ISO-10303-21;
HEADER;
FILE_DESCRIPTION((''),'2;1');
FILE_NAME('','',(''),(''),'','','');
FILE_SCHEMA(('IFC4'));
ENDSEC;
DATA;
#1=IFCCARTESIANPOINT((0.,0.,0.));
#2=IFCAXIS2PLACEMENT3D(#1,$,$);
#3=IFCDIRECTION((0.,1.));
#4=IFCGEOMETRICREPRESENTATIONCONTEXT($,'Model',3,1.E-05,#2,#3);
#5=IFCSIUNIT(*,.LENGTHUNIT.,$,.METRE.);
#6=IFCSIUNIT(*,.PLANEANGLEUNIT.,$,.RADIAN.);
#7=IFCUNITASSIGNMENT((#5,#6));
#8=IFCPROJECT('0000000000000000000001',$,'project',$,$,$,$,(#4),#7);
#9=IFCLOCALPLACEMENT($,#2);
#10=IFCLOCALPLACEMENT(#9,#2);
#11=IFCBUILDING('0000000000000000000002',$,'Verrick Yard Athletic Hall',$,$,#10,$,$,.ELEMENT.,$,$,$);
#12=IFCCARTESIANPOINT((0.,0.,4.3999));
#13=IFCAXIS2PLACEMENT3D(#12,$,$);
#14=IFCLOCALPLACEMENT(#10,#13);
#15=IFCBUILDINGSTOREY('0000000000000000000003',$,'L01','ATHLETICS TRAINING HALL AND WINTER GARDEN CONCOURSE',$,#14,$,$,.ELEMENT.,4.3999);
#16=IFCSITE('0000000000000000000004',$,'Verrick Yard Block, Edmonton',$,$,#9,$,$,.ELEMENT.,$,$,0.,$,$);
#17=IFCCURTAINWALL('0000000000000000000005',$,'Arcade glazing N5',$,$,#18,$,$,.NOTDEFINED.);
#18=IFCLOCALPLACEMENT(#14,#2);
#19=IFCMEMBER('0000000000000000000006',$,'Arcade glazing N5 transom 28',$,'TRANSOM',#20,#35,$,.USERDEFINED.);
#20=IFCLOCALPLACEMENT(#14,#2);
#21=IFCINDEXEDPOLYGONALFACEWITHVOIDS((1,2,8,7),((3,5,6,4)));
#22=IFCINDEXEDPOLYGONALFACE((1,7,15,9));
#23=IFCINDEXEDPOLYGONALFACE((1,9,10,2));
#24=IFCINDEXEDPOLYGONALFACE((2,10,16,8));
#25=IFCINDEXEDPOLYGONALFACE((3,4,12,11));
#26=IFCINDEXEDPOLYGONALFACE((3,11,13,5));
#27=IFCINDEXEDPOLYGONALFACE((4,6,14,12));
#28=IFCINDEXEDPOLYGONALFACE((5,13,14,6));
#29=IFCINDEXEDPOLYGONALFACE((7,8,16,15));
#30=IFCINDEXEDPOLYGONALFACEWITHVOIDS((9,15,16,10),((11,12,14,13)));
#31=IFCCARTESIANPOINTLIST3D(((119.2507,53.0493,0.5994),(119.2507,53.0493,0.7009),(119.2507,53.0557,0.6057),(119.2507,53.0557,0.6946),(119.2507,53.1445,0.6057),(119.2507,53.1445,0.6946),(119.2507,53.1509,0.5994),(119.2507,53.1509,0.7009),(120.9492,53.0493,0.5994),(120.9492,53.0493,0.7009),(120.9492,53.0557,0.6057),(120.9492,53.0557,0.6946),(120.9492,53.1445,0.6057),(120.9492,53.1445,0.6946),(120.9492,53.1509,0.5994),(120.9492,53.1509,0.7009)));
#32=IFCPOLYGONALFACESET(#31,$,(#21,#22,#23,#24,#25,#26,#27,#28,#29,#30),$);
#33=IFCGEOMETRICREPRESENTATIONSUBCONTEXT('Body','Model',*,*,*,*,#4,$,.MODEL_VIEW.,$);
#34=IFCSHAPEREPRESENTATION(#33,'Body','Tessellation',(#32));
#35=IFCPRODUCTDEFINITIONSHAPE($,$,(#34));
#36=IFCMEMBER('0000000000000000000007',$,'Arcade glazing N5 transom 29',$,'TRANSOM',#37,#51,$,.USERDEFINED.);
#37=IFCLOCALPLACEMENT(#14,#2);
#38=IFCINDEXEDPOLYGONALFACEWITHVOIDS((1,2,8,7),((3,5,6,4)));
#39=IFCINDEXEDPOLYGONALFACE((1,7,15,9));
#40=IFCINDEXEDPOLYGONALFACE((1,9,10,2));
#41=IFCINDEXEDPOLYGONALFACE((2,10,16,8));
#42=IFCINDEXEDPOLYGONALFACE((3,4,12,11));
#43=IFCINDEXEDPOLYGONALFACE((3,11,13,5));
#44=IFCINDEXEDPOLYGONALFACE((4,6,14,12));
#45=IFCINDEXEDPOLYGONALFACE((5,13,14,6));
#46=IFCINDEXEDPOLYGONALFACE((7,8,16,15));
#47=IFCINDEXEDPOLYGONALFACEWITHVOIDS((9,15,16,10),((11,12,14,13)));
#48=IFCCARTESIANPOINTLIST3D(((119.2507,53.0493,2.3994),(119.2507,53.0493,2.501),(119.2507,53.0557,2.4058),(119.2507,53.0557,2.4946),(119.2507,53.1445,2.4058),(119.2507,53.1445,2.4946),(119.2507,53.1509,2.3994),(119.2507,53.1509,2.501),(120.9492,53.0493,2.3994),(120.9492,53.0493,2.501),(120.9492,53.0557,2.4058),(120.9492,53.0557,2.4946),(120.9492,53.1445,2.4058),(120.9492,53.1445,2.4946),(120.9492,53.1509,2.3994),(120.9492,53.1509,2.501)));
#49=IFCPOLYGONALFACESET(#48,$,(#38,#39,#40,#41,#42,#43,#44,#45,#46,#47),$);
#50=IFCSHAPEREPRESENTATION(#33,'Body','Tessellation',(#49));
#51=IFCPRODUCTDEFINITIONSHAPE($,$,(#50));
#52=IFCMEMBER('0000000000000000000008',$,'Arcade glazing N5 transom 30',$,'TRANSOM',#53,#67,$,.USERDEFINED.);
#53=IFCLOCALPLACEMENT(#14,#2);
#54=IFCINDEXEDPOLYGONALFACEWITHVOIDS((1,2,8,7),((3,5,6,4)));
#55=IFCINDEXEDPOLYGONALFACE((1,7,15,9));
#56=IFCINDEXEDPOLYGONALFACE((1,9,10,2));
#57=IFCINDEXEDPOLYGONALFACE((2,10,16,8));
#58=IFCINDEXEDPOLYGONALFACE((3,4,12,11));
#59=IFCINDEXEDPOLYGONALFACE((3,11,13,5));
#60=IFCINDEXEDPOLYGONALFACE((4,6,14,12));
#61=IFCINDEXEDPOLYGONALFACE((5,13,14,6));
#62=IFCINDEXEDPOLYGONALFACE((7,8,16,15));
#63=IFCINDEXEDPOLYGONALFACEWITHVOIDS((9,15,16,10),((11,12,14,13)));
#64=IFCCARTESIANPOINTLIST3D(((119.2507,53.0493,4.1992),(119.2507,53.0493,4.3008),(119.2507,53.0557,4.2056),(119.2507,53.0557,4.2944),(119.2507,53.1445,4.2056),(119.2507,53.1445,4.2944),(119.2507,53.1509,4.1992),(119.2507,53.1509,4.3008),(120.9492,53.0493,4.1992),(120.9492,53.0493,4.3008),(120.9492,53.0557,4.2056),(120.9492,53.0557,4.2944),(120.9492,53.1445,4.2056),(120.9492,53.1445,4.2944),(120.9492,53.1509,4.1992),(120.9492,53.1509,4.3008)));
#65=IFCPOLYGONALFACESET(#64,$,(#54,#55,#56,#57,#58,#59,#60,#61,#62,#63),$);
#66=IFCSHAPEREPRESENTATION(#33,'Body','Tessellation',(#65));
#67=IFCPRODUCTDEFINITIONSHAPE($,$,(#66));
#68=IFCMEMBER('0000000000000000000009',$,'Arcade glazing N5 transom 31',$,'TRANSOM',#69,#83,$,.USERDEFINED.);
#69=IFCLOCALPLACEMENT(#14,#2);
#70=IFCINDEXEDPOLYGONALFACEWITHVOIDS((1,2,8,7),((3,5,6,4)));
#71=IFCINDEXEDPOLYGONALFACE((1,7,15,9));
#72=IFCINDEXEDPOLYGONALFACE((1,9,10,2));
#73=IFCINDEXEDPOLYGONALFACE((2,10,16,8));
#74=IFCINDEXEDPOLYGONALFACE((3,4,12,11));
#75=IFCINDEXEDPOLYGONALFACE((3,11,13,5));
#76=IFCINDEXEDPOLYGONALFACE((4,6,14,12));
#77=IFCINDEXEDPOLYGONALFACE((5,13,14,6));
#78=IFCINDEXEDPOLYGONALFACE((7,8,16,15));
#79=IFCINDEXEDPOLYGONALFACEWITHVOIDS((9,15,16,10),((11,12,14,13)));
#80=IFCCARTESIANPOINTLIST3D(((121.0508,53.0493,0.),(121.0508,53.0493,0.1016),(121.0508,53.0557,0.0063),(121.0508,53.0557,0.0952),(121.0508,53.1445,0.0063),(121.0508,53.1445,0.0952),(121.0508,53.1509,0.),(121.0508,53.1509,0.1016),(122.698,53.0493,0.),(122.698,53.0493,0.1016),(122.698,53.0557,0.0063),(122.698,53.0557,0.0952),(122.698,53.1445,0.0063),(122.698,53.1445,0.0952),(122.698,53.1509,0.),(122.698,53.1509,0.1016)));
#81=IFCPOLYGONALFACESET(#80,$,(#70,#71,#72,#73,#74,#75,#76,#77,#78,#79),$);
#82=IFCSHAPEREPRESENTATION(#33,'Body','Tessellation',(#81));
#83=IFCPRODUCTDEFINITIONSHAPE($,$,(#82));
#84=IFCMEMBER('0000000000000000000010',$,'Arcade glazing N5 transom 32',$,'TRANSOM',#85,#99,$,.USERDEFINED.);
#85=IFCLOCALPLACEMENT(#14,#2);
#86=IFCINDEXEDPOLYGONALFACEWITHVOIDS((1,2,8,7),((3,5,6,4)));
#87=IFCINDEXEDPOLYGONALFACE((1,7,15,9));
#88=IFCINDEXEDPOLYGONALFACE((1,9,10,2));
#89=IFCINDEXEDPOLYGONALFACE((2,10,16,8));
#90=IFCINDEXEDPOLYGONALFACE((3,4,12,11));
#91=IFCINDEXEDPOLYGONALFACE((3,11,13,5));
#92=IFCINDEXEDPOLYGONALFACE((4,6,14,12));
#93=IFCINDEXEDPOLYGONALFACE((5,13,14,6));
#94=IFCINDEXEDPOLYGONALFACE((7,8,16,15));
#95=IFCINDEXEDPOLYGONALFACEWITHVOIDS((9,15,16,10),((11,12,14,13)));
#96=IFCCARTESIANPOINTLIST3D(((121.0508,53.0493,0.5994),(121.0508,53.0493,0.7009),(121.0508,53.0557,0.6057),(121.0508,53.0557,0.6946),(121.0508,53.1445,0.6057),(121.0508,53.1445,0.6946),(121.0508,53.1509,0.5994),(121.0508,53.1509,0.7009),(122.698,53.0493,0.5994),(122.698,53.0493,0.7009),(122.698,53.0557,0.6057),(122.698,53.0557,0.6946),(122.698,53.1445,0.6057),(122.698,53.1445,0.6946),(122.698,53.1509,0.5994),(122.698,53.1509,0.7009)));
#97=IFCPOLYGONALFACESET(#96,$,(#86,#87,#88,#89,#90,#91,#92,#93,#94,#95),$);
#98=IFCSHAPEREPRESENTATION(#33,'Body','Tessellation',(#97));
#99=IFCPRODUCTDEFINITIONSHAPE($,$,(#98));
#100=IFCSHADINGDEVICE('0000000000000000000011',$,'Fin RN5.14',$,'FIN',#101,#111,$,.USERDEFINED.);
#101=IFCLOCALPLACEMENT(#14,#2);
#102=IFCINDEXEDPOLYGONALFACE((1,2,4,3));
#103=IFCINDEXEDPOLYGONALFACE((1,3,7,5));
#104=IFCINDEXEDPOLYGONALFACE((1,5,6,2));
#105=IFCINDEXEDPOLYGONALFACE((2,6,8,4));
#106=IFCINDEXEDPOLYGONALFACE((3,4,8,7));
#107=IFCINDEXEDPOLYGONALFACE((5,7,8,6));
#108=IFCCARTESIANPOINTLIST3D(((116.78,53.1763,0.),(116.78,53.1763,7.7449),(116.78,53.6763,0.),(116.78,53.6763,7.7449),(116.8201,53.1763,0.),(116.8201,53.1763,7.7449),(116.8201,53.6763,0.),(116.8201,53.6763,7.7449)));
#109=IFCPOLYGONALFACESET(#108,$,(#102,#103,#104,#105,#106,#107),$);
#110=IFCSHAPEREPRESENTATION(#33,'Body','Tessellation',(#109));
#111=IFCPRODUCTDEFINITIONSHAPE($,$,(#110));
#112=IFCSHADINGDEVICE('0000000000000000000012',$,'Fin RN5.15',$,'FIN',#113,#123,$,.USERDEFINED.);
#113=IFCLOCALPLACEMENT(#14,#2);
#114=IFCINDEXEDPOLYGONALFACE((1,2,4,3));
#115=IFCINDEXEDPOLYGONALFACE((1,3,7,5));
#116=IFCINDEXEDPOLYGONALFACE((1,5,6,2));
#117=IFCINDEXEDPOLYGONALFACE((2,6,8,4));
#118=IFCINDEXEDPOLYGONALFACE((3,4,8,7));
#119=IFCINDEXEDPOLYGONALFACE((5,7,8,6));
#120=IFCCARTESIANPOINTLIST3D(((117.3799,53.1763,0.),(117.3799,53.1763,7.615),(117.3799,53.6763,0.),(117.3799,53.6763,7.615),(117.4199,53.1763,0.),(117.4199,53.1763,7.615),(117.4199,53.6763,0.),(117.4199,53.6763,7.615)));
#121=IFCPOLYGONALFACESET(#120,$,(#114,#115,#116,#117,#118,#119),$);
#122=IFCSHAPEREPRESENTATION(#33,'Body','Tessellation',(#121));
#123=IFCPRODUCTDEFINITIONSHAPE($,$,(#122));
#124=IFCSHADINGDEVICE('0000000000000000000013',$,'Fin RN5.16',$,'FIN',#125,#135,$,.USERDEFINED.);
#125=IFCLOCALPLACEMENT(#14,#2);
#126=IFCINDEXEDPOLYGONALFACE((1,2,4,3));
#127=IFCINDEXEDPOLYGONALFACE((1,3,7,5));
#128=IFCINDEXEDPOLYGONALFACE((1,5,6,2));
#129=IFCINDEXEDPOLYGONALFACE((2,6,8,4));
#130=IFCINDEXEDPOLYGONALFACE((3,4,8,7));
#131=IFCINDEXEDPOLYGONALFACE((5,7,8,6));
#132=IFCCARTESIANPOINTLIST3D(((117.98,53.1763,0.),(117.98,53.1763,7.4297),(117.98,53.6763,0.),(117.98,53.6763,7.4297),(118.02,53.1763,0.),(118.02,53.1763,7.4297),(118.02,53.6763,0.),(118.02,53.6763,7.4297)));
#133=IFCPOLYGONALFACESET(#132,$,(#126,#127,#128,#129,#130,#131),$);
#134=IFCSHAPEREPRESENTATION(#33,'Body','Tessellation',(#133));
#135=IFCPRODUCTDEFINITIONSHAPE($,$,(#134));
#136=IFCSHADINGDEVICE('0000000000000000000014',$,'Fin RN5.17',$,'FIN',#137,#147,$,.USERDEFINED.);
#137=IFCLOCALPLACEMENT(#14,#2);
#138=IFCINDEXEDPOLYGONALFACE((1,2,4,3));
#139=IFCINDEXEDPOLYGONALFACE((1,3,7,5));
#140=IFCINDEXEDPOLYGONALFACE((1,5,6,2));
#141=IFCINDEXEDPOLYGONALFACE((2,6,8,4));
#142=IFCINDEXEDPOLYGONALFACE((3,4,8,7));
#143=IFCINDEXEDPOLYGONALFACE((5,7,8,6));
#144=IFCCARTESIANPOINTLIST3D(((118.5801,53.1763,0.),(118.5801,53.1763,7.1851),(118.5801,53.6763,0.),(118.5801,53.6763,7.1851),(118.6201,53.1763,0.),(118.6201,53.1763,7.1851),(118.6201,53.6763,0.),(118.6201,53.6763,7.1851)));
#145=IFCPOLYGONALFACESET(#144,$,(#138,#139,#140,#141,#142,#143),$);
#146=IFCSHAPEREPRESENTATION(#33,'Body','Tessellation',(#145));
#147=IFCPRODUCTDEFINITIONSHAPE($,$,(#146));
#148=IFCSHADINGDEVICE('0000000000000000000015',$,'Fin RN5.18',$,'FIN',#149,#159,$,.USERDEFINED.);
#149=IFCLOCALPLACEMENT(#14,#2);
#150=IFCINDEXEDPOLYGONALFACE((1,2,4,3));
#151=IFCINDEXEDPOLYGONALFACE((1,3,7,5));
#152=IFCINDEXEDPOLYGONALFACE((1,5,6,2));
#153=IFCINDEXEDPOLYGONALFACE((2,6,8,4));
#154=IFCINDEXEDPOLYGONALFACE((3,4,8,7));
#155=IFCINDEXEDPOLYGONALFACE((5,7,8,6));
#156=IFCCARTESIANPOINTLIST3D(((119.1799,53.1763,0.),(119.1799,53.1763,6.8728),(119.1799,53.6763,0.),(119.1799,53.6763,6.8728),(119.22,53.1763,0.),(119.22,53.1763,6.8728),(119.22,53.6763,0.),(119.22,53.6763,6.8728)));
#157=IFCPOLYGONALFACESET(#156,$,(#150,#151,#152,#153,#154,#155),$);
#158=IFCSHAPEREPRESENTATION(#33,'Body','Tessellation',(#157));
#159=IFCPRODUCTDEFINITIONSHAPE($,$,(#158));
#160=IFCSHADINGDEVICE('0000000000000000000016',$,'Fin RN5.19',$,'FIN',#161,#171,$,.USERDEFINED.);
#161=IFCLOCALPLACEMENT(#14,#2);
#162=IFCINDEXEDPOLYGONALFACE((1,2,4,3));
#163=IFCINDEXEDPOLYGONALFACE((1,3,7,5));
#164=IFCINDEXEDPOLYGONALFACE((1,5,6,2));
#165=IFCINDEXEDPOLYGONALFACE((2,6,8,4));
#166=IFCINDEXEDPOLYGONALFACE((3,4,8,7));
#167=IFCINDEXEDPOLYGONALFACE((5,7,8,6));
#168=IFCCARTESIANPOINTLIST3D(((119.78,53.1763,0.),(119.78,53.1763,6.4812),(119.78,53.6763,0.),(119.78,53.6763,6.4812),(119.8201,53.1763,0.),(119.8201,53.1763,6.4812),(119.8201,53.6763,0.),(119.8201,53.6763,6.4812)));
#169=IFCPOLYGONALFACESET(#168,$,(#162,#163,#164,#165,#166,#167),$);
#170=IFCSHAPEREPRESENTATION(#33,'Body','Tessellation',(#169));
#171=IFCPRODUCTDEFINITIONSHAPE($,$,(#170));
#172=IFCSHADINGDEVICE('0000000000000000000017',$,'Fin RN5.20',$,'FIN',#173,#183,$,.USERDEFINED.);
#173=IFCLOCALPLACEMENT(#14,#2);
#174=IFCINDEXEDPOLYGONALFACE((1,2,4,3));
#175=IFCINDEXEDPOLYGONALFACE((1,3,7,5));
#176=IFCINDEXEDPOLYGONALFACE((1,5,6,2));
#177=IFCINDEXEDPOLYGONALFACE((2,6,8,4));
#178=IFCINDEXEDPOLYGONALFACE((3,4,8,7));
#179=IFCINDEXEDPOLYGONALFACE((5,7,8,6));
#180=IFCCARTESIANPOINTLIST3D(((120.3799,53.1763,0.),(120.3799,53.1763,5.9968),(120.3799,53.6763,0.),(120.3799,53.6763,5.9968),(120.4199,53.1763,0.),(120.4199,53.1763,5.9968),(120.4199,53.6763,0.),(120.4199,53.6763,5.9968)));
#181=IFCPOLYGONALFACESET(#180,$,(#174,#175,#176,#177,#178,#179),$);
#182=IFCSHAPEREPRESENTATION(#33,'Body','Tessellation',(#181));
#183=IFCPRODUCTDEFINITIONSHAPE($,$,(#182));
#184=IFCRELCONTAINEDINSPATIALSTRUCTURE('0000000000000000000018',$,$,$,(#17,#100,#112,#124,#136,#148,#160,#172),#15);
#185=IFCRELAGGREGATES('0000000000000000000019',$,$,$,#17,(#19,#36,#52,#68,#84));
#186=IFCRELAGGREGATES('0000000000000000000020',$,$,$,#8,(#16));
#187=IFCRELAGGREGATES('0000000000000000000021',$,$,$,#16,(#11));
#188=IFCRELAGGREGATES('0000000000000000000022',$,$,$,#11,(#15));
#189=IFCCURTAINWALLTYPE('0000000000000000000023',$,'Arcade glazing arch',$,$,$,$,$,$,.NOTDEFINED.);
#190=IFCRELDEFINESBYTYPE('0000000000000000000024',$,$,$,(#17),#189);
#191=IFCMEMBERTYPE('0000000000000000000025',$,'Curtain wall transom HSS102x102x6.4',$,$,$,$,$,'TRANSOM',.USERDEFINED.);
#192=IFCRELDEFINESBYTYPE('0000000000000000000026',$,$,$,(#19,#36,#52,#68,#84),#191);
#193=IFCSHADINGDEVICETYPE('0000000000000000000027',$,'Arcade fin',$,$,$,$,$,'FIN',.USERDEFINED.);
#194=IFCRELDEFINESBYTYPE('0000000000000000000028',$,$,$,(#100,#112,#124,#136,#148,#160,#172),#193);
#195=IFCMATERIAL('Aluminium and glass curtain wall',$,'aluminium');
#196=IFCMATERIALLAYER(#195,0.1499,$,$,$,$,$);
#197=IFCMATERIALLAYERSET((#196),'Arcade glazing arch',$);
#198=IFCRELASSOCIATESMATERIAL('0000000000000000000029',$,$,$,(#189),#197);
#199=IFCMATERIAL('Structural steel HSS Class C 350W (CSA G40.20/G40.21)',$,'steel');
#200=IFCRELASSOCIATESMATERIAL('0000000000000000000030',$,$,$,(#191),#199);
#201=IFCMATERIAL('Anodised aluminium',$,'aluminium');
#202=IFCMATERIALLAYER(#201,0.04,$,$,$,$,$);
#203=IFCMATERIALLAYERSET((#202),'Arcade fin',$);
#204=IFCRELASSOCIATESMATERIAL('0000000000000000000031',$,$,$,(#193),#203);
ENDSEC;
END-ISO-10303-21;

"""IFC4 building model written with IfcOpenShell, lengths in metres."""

from ifc_helpers import new_model, si_unit, direction, frame, origin, origin_2d, place, context, subcontext, project, spatial, polyline, hollow_rectangle, outline, extrude, material, layer, layer_set, material_profile, profile_set, type_object, element, aggregate, save


model = new_model("IFC4")

# Units and contexts
model_context = context("Model", 3, precision=1e-05, world=origin(), true_north=direction((0.0, 1.0)))
body_context = subcontext(model_context, "Body", "Model", "MODEL_VIEW")
ifc_project = project(units=[si_unit("LENGTHUNIT", "METRE"), si_unit("PLANEANGLEUNIT", "RADIAN")], contexts=[model_context])

# Site, building, storey
site_placement = place(None, origin())
site = spatial("IfcSite", under=ifc_project, at=site_placement, Name="Verrick Yard Block, Edmonton", CompositionType="ELEMENT", RefElevation=0.0)
building_placement = place(site_placement, origin())
building = spatial("IfcBuilding", under=site, at=building_placement, Name="Verrick Yard Athletic Hall", CompositionType="ELEMENT")
storey_placement = place(building_placement, frame((0.0, 0.0, 4.3999)))
storey = spatial("IfcBuildingStorey", under=building, at=storey_placement, Name="L01", Description="ATHLETICS TRAINING HALL AND WINTER GARDEN CONCOURSE", CompositionType="ELEMENT", Elevation=4.3999)

# Curtain wall, members
ifc_material_1 = material(Name="Aluminium and glass curtain wall", Category="aluminium")
ifc_layer_1 = layer(ifc_material_1, 0.1499)
ifc_layer_set_1 = layer_set([ifc_layer_1], Name="Arcade glazing arch")
curtain_wall_type = type_object("IfcCurtainWallType", Name="Arcade glazing arch", PredefinedType="NOTDEFINED", material=ifc_layer_set_1)
curtain_wall_1_placement = place(storey_placement, origin())
curtain_wall_1 = element("IfcCurtainWall", 1, at=curtain_wall_1_placement, inside=storey, type_object=curtain_wall_type, Name="Arcade glazing N5", PredefinedType="NOTDEFINED")
ifc_material_2 = material(Name="Structural steel HSS Class C 350W (CSA G40.20/G40.21)", Category="steel")
ifc_material_profile_1 = material_profile(ifc_material_2, hollow_rectangle(XDim=0.1016, YDim=0.1016, WallThickness=0.0063, at=origin_2d()), Name="HSS102x102x6.4")
ifc_profile_set_1 = profile_set([ifc_material_profile_1], Name="Structural steel HSS Class C 350W (CSA G40.20/G40.21)")
member_type_1 = type_object("IfcMemberType", Name="Curtain wall transom HSS102x102x6.4", ElementType="TRANSOM", PredefinedType="USERDEFINED", material=ifc_profile_set_1)
member_1_placement = place(storey_placement, frame((119.2507, 53.1001, 0.6501), z_axis=(1.0, 0.0, 0.0), x_axis=(0.0, 1.0, 0.0)))
member_1 = element("IfcMember", 2, at=member_1_placement, type_object=member_type_1, Name="Arcade glazing N5 transom 28", ObjectType="TRANSOM", PredefinedType="USERDEFINED", context=body_context, shape_type="SweptSolid", body=[
    extrude(hollow_rectangle(XDim=0.1016, YDim=0.1016, WallThickness=0.0063, at=origin_2d()), origin(), (0.0, 0.0, 1.0), 1.6985),
])
member_2_placement = place(storey_placement, frame((119.2507, 53.1001, 2.4502), z_axis=(1.0, 0.0, 0.0), x_axis=(0.0, 1.0, 0.0)))
member_2 = element("IfcMember", 3, at=member_2_placement, type_object=member_type_1, Name="Arcade glazing N5 transom 29", ObjectType="TRANSOM", PredefinedType="USERDEFINED", context=body_context, shape_type="SweptSolid", body=[
    extrude(hollow_rectangle(XDim=0.1016, YDim=0.1016, WallThickness=0.0063, at=origin_2d()), origin(), (0.0, 0.0, 1.0), 1.6985),
])
member_3_placement = place(storey_placement, frame((119.2507, 53.1001, 4.25), z_axis=(1.0, 0.0, 0.0), x_axis=(0.0, 1.0, 0.0)))
member_3 = element("IfcMember", 4, at=member_3_placement, type_object=member_type_1, Name="Arcade glazing N5 transom 30", ObjectType="TRANSOM", PredefinedType="USERDEFINED", context=body_context, shape_type="SweptSolid", body=[
    extrude(hollow_rectangle(XDim=0.1016, YDim=0.1016, WallThickness=0.0063, at=origin_2d()), origin(), (0.0, 0.0, 1.0), 1.6985),
])
member_4_placement = place(storey_placement, frame((121.0508, 53.1001, 0.0508), z_axis=(1.0, 0.0, 0.0), x_axis=(0.0, 1.0, 0.0)))
member_4 = element("IfcMember", 5, at=member_4_placement, type_object=member_type_1, Name="Arcade glazing N5 transom 31", ObjectType="TRANSOM", PredefinedType="USERDEFINED", context=body_context, shape_type="SweptSolid", body=[
    extrude(hollow_rectangle(XDim=0.1016, YDim=0.1016, WallThickness=0.0063, at=origin_2d()), origin(), (0.0, 0.0, 1.0), 1.6472),
])
member_5_placement = place(storey_placement, frame((121.0508, 53.1001, 0.6501), z_axis=(1.0, 0.0, 0.0), x_axis=(0.0, 1.0, 0.0)))
member_5 = element("IfcMember", 6, at=member_5_placement, type_object=member_type_1, Name="Arcade glazing N5 transom 32", ObjectType="TRANSOM", PredefinedType="USERDEFINED", context=body_context, shape_type="SweptSolid", body=[
    extrude(hollow_rectangle(XDim=0.1016, YDim=0.1016, WallThickness=0.0063, at=origin_2d()), origin(), (0.0, 0.0, 1.0), 1.6472),
])
aggregate(curtain_wall_1, [member_1, member_2, member_3, member_4, member_5])

# Shading devices
ifc_material_3 = material(Name="Anodised aluminium", Category="aluminium")
ifc_layer_2 = layer(ifc_material_3, 0.04)
ifc_layer_set_2 = layer_set([ifc_layer_2], Name="Arcade fin")
shading_device_type = type_object("IfcShadingDeviceType", Name="Arcade fin", ElementType="FIN", PredefinedType="USERDEFINED", material=ifc_layer_set_2)
shading_device_1_placement = place(storey_placement, frame((116.8, 53.1763, 0.0), z_axis=(0.0, 0.0, 1.0), x_axis=(0.0, 1.0, 0.0)))
element("IfcShadingDevice", 7, at=shading_device_1_placement, inside=storey, type_object=shading_device_type, Name="Fin RN5.14", ObjectType="FIN", PredefinedType="USERDEFINED", context=body_context, shape_type="SweptSolid", body=[
    extrude(outline(polyline([(0.0, 0.0), (0.5, 0.0), (0.5, 7.7449), (0.0, 7.7449), (0.0, 0.0)])), frame((0.0, 0.02, 0.0), z_axis=(0.0, -1.0, 0.0), x_axis=(1.0, 0.0, 0.0)), (0.0, 0.0, 1.0), 0.04),
])
shading_device_2_placement = place(storey_placement, frame((117.3999, 53.1763, 0.0), z_axis=(0.0, 0.0, 1.0), x_axis=(0.0, 1.0, 0.0)))
element("IfcShadingDevice", 8, at=shading_device_2_placement, inside=storey, type_object=shading_device_type, Name="Fin RN5.15", ObjectType="FIN", PredefinedType="USERDEFINED", context=body_context, shape_type="SweptSolid", body=[
    extrude(outline(polyline([(0.0, 0.0), (0.5, 0.0), (0.5, 7.615), (0.0, 7.615), (0.0, 0.0)])), frame((0.0, 0.02, 0.0), z_axis=(0.0, -1.0, 0.0), x_axis=(1.0, 0.0, 0.0)), (0.0, 0.0, 1.0), 0.04),
])
shading_device_3_placement = place(storey_placement, frame((118.0, 53.1763, 0.0), z_axis=(0.0, 0.0, 1.0), x_axis=(0.0, 1.0, 0.0)))
element("IfcShadingDevice", 9, at=shading_device_3_placement, inside=storey, type_object=shading_device_type, Name="Fin RN5.16", ObjectType="FIN", PredefinedType="USERDEFINED", context=body_context, shape_type="SweptSolid", body=[
    extrude(outline(polyline([(0.0, 0.0), (0.5, 0.0), (0.5, 7.4297), (0.0, 7.4297), (0.0, 0.0)])), frame((0.0, 0.02, 0.0), z_axis=(0.0, -1.0, 0.0), x_axis=(1.0, 0.0, 0.0)), (0.0, 0.0, 1.0), 0.04),
])
shading_device_4_placement = place(storey_placement, frame((118.6001, 53.1763, 0.0), z_axis=(0.0, 0.0, 1.0), x_axis=(0.0, 1.0, 0.0)))
element("IfcShadingDevice", 10, at=shading_device_4_placement, inside=storey, type_object=shading_device_type, Name="Fin RN5.17", ObjectType="FIN", PredefinedType="USERDEFINED", context=body_context, shape_type="SweptSolid", body=[
    extrude(outline(polyline([(0.0, 0.0), (0.5, 0.0), (0.5, 7.1851), (0.0, 7.1851), (0.0, 0.0)])), frame((0.0, 0.02, 0.0), z_axis=(0.0, -1.0, 0.0), x_axis=(1.0, 0.0, 0.0)), (0.0, 0.0, 1.0), 0.04),
])
shading_device_5_placement = place(storey_placement, frame((119.2, 53.1763, 0.0), z_axis=(0.0, 0.0, 1.0), x_axis=(0.0, 1.0, 0.0)))
element("IfcShadingDevice", 11, at=shading_device_5_placement, inside=storey, type_object=shading_device_type, Name="Fin RN5.18", ObjectType="FIN", PredefinedType="USERDEFINED", context=body_context, shape_type="SweptSolid", body=[
    extrude(outline(polyline([(0.0, 0.0), (0.5, 0.0), (0.5, 6.8728), (0.0, 6.8728), (0.0, 0.0)])), frame((0.0, 0.02, 0.0), z_axis=(0.0, -1.0, 0.0), x_axis=(1.0, 0.0, 0.0)), (0.0, 0.0, 1.0), 0.04),
])
shading_device_6_placement = place(storey_placement, frame((119.8, 53.1763, 0.0), z_axis=(0.0, 0.0, 1.0), x_axis=(0.0, 1.0, 0.0)))
element("IfcShadingDevice", 12, at=shading_device_6_placement, inside=storey, type_object=shading_device_type, Name="Fin RN5.19", ObjectType="FIN", PredefinedType="USERDEFINED", context=body_context, shape_type="SweptSolid", body=[
    extrude(outline(polyline([(0.0, 0.0), (0.5, 0.0), (0.5, 6.4812), (0.0, 6.4812), (0.0, 0.0)])), frame((0.0, 0.02, 0.0), z_axis=(0.0, -1.0, 0.0), x_axis=(1.0, 0.0, 0.0)), (0.0, 0.0, 1.0), 0.04),
])
shading_device_7_placement = place(storey_placement, frame((120.3999, 53.1763, 0.0), z_axis=(0.0, 0.0, 1.0), x_axis=(0.0, 1.0, 0.0)))
element("IfcShadingDevice", 13, at=shading_device_7_placement, inside=storey, type_object=shading_device_type, Name="Fin RN5.20", ObjectType="FIN", PredefinedType="USERDEFINED", context=body_context, shape_type="SweptSolid", body=[
    extrude(outline(polyline([(0.0, 0.0), (0.5, 0.0), (0.5, 5.9968), (0.0, 5.9968), (0.0, 0.0)])), frame((0.0, 0.02, 0.0), z_axis=(0.0, -1.0, 0.0), x_axis=(1.0, 0.0, 0.0)), (0.0, 0.0, 1.0), 0.04),
])

save(model, "model.ifc")
